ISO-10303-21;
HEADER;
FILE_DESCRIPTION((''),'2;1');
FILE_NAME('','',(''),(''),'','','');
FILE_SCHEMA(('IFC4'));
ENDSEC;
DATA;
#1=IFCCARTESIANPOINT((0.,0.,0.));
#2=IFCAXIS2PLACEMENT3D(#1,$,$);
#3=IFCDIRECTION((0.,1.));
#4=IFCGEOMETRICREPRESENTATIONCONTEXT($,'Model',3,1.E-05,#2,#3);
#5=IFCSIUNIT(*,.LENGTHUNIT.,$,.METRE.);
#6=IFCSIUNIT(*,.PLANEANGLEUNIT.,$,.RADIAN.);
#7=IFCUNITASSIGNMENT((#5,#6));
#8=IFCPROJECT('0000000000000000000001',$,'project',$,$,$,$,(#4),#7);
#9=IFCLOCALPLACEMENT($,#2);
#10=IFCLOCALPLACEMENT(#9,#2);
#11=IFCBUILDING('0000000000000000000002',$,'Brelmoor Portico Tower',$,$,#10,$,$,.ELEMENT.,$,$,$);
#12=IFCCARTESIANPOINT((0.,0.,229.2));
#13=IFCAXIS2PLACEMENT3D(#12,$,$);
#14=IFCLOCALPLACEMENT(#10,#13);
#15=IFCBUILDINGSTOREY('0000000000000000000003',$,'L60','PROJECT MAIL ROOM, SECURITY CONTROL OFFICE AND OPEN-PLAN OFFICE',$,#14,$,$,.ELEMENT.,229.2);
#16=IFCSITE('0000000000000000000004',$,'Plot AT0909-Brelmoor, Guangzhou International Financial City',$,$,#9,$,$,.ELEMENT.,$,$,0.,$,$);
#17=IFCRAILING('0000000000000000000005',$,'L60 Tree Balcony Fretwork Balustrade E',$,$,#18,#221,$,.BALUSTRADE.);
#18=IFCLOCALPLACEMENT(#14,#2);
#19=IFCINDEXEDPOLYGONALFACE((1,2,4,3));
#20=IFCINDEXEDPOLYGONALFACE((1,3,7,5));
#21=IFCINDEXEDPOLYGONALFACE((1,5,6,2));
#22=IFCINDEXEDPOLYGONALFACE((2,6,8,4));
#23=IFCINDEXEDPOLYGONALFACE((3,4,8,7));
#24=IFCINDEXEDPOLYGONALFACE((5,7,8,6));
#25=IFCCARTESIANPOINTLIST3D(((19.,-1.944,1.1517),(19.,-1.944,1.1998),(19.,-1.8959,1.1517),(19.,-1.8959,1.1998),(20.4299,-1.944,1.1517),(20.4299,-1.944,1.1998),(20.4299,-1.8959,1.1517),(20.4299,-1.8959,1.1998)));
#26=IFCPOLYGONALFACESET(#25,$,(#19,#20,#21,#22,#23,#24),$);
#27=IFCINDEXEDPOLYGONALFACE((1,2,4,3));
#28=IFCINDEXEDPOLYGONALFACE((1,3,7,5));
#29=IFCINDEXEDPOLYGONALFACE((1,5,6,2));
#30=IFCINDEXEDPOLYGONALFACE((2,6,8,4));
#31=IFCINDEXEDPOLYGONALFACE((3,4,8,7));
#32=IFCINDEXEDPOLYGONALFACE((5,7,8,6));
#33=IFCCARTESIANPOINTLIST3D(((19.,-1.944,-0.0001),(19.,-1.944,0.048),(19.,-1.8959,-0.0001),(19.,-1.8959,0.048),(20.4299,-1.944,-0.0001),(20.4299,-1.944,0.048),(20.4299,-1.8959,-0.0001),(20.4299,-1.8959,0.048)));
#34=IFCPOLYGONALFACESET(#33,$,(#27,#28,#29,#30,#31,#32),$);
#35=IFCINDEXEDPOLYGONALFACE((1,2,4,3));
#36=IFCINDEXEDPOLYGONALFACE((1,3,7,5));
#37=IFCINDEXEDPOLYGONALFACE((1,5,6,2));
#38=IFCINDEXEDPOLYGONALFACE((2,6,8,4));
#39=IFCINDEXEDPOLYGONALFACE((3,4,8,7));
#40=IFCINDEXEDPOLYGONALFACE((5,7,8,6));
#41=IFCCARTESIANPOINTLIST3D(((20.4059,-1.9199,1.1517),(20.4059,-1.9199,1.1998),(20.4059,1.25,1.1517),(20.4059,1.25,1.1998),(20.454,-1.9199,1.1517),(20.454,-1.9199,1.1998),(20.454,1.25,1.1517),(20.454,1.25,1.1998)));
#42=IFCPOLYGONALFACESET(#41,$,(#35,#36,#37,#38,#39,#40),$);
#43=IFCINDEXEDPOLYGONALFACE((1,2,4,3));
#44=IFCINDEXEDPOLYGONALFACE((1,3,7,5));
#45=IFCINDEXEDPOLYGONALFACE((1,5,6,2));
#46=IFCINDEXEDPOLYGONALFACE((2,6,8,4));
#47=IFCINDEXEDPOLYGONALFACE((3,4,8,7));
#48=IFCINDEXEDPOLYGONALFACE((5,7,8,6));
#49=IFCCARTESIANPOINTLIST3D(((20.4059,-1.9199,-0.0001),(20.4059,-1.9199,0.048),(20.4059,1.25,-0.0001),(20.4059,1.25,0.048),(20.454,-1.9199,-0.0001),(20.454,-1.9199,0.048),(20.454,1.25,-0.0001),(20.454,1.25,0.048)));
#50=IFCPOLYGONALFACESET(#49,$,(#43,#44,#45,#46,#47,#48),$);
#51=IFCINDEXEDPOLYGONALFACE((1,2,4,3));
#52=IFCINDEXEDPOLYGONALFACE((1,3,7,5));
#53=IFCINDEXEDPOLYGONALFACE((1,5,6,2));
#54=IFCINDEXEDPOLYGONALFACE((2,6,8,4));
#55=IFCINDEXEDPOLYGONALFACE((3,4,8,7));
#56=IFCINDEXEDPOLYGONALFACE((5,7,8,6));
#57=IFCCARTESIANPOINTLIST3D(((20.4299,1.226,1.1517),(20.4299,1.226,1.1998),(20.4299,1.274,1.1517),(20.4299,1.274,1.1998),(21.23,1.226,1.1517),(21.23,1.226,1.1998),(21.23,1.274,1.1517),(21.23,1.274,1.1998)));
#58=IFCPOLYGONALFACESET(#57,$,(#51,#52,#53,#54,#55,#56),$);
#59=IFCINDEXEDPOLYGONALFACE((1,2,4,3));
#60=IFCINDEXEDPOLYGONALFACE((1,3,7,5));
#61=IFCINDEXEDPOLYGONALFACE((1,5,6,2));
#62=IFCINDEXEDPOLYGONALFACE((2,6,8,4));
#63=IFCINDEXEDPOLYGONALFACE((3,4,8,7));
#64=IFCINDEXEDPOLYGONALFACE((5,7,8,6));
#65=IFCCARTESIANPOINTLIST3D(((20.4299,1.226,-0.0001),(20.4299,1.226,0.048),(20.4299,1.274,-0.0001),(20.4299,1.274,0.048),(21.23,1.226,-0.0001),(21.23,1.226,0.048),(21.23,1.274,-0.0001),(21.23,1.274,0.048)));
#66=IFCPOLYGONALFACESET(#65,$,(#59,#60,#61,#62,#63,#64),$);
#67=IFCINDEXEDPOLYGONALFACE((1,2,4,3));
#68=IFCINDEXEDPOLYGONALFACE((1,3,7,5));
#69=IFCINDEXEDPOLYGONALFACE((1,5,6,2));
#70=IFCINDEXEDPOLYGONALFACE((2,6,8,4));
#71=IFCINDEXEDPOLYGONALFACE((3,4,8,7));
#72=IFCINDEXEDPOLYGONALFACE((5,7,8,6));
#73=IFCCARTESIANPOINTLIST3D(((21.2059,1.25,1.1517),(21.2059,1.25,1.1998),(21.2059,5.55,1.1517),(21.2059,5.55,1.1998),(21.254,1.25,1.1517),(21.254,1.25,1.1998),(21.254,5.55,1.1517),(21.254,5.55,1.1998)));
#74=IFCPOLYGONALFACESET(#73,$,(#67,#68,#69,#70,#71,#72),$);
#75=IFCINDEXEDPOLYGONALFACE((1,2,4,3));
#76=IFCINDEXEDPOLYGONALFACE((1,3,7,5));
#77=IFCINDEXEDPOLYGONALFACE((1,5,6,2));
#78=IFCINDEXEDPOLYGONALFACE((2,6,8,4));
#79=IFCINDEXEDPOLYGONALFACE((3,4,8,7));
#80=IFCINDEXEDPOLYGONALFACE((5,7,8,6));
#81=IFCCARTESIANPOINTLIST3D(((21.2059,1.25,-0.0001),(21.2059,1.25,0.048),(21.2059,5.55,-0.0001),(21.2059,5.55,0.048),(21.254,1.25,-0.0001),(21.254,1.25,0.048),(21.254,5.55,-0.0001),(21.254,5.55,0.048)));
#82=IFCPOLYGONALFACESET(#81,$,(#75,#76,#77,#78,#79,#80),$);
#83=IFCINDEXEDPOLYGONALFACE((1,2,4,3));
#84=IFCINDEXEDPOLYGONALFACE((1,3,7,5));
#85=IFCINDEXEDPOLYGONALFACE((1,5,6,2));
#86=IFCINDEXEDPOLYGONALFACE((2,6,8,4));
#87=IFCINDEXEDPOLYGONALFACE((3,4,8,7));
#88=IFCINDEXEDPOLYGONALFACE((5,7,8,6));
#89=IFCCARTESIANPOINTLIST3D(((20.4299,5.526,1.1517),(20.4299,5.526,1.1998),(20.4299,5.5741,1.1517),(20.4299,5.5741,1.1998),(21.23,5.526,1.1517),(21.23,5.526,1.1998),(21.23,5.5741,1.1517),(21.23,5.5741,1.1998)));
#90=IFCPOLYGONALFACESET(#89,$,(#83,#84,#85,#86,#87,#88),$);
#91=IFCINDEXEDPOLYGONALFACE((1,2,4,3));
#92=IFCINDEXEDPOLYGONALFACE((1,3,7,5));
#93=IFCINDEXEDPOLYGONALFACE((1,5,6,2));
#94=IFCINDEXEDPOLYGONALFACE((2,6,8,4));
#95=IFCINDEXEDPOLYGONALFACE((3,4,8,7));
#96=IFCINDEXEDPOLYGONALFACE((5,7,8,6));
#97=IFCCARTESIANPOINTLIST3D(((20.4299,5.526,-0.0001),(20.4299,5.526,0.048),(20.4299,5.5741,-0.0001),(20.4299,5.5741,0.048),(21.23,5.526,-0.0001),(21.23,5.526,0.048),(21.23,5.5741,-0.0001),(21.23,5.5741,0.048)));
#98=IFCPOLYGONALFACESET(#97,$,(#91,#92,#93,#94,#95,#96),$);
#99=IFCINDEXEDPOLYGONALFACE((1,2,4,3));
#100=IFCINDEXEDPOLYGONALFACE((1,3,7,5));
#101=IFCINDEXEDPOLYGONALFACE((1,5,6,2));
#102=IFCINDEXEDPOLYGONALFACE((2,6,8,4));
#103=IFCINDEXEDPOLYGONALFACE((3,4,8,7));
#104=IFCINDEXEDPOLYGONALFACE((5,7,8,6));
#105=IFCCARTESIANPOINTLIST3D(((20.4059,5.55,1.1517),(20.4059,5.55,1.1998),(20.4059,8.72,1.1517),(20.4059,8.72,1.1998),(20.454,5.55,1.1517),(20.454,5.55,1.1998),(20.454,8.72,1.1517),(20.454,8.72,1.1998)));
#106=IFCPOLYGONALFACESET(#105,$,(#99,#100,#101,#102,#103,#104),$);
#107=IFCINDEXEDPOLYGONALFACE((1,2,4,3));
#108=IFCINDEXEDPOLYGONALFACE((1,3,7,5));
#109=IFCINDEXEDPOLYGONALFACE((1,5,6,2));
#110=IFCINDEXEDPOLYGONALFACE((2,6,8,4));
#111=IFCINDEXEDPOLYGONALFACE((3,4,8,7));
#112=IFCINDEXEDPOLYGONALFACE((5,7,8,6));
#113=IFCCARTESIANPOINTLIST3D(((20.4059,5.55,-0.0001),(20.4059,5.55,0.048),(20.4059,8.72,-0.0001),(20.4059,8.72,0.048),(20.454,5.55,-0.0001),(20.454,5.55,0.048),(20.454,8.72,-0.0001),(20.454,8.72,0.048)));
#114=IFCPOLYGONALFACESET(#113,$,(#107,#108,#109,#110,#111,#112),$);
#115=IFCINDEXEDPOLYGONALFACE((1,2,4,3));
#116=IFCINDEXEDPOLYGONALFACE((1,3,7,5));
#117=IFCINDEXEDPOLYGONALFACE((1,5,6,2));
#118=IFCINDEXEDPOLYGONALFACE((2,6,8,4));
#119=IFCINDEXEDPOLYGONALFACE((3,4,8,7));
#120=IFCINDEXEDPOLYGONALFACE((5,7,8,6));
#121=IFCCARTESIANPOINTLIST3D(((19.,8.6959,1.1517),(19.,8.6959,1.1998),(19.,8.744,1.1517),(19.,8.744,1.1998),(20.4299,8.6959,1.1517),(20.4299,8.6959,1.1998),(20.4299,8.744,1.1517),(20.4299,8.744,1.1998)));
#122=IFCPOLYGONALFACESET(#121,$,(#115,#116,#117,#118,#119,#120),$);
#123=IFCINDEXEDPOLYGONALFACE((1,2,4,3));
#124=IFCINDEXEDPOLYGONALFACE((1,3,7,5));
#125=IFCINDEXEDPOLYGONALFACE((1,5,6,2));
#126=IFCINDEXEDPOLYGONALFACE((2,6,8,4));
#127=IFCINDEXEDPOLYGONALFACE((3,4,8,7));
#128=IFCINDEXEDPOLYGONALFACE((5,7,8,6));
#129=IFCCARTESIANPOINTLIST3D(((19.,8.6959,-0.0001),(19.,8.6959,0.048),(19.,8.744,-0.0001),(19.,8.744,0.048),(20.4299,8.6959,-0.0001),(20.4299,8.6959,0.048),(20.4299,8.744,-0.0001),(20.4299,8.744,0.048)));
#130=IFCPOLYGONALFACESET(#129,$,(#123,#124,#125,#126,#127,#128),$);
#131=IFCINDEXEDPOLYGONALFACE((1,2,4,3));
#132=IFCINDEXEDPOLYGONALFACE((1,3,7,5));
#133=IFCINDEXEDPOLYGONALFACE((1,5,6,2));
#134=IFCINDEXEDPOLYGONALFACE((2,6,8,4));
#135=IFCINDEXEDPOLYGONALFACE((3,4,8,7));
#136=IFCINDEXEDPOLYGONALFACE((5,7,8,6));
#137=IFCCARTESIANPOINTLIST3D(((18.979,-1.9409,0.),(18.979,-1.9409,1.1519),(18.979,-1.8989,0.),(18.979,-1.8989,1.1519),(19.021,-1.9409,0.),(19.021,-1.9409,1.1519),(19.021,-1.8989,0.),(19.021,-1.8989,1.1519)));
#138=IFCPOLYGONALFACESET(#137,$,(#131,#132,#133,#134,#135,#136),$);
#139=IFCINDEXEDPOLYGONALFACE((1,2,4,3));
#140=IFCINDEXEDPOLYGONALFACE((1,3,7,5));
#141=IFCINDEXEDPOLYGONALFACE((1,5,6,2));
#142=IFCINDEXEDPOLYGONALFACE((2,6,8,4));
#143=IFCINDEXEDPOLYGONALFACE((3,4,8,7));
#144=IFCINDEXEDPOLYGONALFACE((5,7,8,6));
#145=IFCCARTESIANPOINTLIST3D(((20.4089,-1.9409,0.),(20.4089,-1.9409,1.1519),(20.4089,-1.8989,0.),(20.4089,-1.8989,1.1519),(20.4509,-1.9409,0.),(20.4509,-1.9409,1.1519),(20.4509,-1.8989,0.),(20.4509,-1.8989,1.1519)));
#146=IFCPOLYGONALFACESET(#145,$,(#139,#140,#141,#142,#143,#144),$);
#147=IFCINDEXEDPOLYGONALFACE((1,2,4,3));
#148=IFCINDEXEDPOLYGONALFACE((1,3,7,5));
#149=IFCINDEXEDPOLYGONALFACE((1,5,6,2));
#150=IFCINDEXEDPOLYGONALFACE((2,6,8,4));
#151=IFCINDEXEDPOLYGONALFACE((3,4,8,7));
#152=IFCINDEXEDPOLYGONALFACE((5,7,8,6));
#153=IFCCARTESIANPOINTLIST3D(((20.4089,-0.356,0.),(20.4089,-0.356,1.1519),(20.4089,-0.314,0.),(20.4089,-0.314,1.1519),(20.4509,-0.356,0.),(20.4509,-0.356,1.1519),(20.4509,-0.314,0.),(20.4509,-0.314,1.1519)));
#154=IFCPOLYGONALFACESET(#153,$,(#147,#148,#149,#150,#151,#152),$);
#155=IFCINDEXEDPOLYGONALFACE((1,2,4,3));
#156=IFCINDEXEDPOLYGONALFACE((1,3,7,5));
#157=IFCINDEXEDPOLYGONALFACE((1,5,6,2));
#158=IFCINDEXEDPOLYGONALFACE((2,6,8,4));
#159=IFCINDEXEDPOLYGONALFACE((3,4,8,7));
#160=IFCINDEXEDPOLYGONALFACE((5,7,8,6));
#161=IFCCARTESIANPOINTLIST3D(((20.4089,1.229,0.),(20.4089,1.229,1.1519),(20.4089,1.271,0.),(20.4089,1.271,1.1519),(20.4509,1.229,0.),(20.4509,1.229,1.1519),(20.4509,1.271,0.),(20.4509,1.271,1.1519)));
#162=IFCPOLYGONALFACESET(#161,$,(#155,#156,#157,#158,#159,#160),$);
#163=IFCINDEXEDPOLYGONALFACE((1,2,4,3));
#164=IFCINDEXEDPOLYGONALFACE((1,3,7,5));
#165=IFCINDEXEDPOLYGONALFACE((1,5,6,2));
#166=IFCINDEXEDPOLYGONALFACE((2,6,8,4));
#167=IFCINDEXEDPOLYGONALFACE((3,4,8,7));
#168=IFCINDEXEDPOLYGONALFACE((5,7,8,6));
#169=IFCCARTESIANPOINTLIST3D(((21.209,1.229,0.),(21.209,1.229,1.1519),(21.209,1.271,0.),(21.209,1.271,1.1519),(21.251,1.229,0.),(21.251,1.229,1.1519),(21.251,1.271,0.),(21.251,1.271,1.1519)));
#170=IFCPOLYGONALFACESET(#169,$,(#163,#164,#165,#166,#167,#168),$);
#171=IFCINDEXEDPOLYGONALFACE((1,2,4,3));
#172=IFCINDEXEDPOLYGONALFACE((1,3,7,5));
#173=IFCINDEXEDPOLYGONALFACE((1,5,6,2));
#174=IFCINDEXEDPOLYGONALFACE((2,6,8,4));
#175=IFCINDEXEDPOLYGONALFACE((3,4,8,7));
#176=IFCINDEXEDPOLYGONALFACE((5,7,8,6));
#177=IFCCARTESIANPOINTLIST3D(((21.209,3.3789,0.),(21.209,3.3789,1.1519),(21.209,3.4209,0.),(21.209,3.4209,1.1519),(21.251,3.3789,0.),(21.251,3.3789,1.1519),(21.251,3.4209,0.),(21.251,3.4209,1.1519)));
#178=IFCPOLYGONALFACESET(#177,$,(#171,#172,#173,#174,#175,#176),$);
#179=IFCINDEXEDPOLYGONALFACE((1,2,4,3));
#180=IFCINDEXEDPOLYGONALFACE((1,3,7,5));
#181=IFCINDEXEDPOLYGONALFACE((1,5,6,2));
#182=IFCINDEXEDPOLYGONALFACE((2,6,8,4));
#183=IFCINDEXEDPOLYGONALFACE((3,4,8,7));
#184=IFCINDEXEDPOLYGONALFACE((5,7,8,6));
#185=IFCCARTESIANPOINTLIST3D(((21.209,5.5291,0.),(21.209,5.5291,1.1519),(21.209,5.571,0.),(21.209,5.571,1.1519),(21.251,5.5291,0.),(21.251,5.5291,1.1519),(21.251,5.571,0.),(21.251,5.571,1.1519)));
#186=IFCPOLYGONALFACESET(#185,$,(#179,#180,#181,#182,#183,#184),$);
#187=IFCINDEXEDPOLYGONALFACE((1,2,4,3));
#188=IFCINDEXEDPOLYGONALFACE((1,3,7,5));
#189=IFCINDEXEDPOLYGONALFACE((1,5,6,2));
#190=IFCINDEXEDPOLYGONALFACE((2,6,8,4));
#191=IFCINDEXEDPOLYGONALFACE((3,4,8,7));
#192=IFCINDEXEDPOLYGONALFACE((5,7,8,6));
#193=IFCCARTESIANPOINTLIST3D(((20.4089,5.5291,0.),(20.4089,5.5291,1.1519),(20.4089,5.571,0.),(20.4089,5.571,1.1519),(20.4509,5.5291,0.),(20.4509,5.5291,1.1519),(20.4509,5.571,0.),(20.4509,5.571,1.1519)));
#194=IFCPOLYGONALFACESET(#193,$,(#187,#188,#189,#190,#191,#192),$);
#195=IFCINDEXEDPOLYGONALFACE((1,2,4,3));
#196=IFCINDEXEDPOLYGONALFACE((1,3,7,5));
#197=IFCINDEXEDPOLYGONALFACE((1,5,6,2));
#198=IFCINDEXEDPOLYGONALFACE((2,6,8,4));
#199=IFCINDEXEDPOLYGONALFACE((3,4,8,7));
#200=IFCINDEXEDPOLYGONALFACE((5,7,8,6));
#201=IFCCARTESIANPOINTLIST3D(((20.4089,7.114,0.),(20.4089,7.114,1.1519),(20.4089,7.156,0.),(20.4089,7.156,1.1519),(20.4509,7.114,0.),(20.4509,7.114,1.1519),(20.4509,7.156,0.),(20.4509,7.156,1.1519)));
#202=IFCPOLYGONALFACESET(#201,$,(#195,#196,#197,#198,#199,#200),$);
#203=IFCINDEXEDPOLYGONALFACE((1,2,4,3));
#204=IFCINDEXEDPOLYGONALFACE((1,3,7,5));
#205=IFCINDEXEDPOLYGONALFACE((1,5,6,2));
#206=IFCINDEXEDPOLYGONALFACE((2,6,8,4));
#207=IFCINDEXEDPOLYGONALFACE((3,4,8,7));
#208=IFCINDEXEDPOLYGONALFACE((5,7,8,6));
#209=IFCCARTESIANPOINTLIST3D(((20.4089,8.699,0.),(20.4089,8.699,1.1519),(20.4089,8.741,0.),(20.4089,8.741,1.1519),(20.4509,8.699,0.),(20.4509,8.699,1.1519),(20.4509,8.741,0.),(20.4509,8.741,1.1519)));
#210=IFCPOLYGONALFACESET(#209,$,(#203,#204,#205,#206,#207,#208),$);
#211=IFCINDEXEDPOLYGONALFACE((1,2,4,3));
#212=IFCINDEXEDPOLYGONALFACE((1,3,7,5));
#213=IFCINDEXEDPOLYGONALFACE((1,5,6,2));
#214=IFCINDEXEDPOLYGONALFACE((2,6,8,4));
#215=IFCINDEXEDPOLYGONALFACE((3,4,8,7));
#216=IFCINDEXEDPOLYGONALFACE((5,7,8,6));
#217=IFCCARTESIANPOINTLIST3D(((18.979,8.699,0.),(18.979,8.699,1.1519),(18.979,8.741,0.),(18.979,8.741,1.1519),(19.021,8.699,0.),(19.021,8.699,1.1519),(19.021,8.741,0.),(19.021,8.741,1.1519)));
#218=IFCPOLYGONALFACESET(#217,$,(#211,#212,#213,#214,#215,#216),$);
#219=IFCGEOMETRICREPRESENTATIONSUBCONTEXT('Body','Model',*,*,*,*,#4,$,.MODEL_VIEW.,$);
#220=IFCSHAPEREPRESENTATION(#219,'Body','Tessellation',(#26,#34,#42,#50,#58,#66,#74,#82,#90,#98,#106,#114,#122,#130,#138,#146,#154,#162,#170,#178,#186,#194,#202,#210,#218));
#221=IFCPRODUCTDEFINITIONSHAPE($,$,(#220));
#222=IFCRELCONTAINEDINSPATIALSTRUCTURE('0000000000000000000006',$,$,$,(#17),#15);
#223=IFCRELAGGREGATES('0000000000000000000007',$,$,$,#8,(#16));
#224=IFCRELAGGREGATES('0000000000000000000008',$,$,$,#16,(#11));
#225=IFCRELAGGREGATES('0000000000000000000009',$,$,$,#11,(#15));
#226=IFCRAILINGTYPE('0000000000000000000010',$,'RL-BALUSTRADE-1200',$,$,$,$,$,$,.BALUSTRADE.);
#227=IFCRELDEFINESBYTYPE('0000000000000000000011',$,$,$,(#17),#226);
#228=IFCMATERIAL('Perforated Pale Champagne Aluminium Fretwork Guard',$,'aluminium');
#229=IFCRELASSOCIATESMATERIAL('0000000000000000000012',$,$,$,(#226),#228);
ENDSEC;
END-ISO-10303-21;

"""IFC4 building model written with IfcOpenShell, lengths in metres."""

from ifc_helpers import new_model, si_unit, direction, frame, origin, origin_2d, place, context, subcontext, project, spatial, rectangle, extrude, material, type_object, element, save


model = new_model("IFC4")

# Units and contexts
model_context = context("Model", 3, precision=1e-05, world=origin(), true_north=direction((0.0, 1.0)))
body_context = subcontext(model_context, "Body", "Model", "MODEL_VIEW")
ifc_project = project(units=[si_unit("LENGTHUNIT", "METRE"), si_unit("PLANEANGLEUNIT", "RADIAN")], contexts=[model_context])

# Site, building, storey
site_placement = place(None, origin())
site = spatial("IfcSite", under=ifc_project, at=site_placement, Name="Plot AT0909-Brelmoor, Guangzhou International Financial City", CompositionType="ELEMENT", RefElevation=0.0)
building_placement = place(site_placement, origin())
building = spatial("IfcBuilding", under=site, at=building_placement, Name="Brelmoor Portico Tower", CompositionType="ELEMENT")
storey_placement = place(building_placement, frame((0.0, 0.0, 229.2)))
storey = spatial("IfcBuildingStorey", under=building, at=storey_placement, Name="L60", Description="PROJECT MAIL ROOM, SECURITY CONTROL OFFICE AND OPEN-PLAN OFFICE", CompositionType="ELEMENT", Elevation=229.2)

# Railing
ifc_material_1 = material(Name="Perforated Pale Champagne Aluminium Fretwork Guard", Category="aluminium")
railing_type = type_object("IfcRailingType", Name="RL-BALUSTRADE-1200", PredefinedType="BALUSTRADE", material=ifc_material_1)
railing_placement = place(storey_placement, frame((19.0, -1.9199, 0.0)))
element("IfcRailing", 1, at=railing_placement, inside=storey, type_object=railing_type, Name="L60 Tree Balcony Fretwork Balustrade E", PredefinedType="BALUSTRADE", context=body_context, shape_type="SweptSolid", body=[
    extrude(rectangle(XDim=0.0481, YDim=0.0481, at=origin_2d()), frame((0.0, 0.0, 1.1758), z_axis=(1.0, 0.0, 0.0), x_axis=(0.0, 1.0, 0.0)), (0.0, 0.0, 1.0), 1.4299),
    extrude(rectangle(XDim=0.0481, YDim=0.0481, at=origin_2d()), frame((0.0, 0.0, 0.0239), z_axis=(1.0, 0.0, 0.0), x_axis=(0.0, 1.0, 0.0)), (0.0, 0.0, 1.0), 1.4299),
    extrude(rectangle(XDim=0.0481, YDim=0.0481, at=origin_2d()), frame((1.4299, 0.0, 1.1758), z_axis=(0.0, 1.0, 0.0), x_axis=(-1.0, 0.0, 0.0)), (0.0, 0.0, 1.0), 3.1699),
    extrude(rectangle(XDim=0.0481, YDim=0.0481, at=origin_2d()), frame((1.4299, 0.0, 0.0239), z_axis=(0.0, 1.0, 0.0), x_axis=(-1.0, 0.0, 0.0)), (0.0, 0.0, 1.0), 3.1699),
    extrude(rectangle(XDim=0.0481, YDim=0.0481, at=origin_2d()), frame((1.4299, 3.1699, 1.1758), z_axis=(1.0, 0.0, 0.0), x_axis=(0.0, 1.0, 0.0)), (0.0, 0.0, 1.0), 0.8),
    extrude(rectangle(XDim=0.0481, YDim=0.0481, at=origin_2d()), frame((1.4299, 3.1699, 0.0239), z_axis=(1.0, 0.0, 0.0), x_axis=(0.0, 1.0, 0.0)), (0.0, 0.0, 1.0), 0.8),
    extrude(rectangle(XDim=0.0481, YDim=0.0481, at=origin_2d()), frame((2.23, 3.1699, 1.1758), z_axis=(0.0, 1.0, 0.0), x_axis=(-1.0, 0.0, 0.0)), (0.0, 0.0, 1.0), 4.3),
    extrude(rectangle(XDim=0.0481, YDim=0.0481, at=origin_2d()), frame((2.23, 3.1699, 0.0239), z_axis=(0.0, 1.0, 0.0), x_axis=(-1.0, 0.0, 0.0)), (0.0, 0.0, 1.0), 4.3),
    extrude(rectangle(XDim=0.0481, YDim=0.0481, at=origin_2d()), frame((2.23, 7.47, 1.1758), z_axis=(-1.0, 0.0, 0.0), x_axis=(0.0, -1.0, 0.0)), (0.0, 0.0, 1.0), 0.8),
    extrude(rectangle(XDim=0.0481, YDim=0.0481, at=origin_2d()), frame((2.23, 7.47, 0.0239), z_axis=(-1.0, 0.0, 0.0), x_axis=(0.0, -1.0, 0.0)), (0.0, 0.0, 1.0), 0.8),
    extrude(rectangle(XDim=0.0481, YDim=0.0481, at=origin_2d()), frame((1.4299, 7.47, 1.1758), z_axis=(0.0, 1.0, 0.0), x_axis=(-1.0, 0.0, 0.0)), (0.0, 0.0, 1.0), 3.1699),
    extrude(rectangle(XDim=0.0481, YDim=0.0481, at=origin_2d()), frame((1.4299, 7.47, 0.0239), z_axis=(0.0, 1.0, 0.0), x_axis=(-1.0, 0.0, 0.0)), (0.0, 0.0, 1.0), 3.1699),
    extrude(rectangle(XDim=0.0481, YDim=0.0481, at=origin_2d()), frame((1.4299, 10.6399, 1.1758), z_axis=(-1.0, 0.0, 0.0), x_axis=(0.0, -1.0, 0.0)), (0.0, 0.0, 1.0), 1.4299),
    extrude(rectangle(XDim=0.0481, YDim=0.0481, at=origin_2d()), frame((1.4299, 10.6399, 0.0239), z_axis=(-1.0, 0.0, 0.0), x_axis=(0.0, -1.0, 0.0)), (0.0, 0.0, 1.0), 1.4299),
    extrude(rectangle(XDim=0.042, YDim=0.042, at=origin_2d()), origin(), (0.0, 0.0, 1.0), 1.1519),
    extrude(rectangle(XDim=0.042, YDim=0.042, at=origin_2d()), frame((1.4299, 0.0, 0.0)), (0.0, 0.0, 1.0), 1.1519),
    extrude(rectangle(XDim=0.042, YDim=0.042, at=origin_2d()), frame((1.4299, 1.585, 0.0)), (0.0, 0.0, 1.0), 1.1519),
    extrude(rectangle(XDim=0.042, YDim=0.042, at=origin_2d()), frame((1.4299, 3.1699, 0.0)), (0.0, 0.0, 1.0), 1.1519),
    extrude(rectangle(XDim=0.042, YDim=0.042, at=origin_2d()), frame((2.23, 3.1699, 0.0)), (0.0, 0.0, 1.0), 1.1519),
    extrude(rectangle(XDim=0.042, YDim=0.042, at=origin_2d()), frame((2.23, 5.3198, 0.0)), (0.0, 0.0, 1.0), 1.1519),
    extrude(rectangle(XDim=0.042, YDim=0.042, at=origin_2d()), frame((2.23, 7.47, 0.0)), (0.0, 0.0, 1.0), 1.1519),
    extrude(rectangle(XDim=0.042, YDim=0.042, at=origin_2d()), frame((1.4299, 7.47, 0.0)), (0.0, 0.0, 1.0), 1.1519),
    extrude(rectangle(XDim=0.042, YDim=0.042, at=origin_2d()), frame((1.4299, 9.0549, 0.0)), (0.0, 0.0, 1.0), 1.1519),
    extrude(rectangle(XDim=0.042, YDim=0.042, at=origin_2d()), frame((1.4299, 10.6399, 0.0)), (0.0, 0.0, 1.0), 1.1519),
    extrude(rectangle(XDim=0.042, YDim=0.042, at=origin_2d()), frame((0.0, 10.6399, 0.0)), (0.0, 0.0, 1.0), 1.1519),
])

save(model, "model.ifc")
